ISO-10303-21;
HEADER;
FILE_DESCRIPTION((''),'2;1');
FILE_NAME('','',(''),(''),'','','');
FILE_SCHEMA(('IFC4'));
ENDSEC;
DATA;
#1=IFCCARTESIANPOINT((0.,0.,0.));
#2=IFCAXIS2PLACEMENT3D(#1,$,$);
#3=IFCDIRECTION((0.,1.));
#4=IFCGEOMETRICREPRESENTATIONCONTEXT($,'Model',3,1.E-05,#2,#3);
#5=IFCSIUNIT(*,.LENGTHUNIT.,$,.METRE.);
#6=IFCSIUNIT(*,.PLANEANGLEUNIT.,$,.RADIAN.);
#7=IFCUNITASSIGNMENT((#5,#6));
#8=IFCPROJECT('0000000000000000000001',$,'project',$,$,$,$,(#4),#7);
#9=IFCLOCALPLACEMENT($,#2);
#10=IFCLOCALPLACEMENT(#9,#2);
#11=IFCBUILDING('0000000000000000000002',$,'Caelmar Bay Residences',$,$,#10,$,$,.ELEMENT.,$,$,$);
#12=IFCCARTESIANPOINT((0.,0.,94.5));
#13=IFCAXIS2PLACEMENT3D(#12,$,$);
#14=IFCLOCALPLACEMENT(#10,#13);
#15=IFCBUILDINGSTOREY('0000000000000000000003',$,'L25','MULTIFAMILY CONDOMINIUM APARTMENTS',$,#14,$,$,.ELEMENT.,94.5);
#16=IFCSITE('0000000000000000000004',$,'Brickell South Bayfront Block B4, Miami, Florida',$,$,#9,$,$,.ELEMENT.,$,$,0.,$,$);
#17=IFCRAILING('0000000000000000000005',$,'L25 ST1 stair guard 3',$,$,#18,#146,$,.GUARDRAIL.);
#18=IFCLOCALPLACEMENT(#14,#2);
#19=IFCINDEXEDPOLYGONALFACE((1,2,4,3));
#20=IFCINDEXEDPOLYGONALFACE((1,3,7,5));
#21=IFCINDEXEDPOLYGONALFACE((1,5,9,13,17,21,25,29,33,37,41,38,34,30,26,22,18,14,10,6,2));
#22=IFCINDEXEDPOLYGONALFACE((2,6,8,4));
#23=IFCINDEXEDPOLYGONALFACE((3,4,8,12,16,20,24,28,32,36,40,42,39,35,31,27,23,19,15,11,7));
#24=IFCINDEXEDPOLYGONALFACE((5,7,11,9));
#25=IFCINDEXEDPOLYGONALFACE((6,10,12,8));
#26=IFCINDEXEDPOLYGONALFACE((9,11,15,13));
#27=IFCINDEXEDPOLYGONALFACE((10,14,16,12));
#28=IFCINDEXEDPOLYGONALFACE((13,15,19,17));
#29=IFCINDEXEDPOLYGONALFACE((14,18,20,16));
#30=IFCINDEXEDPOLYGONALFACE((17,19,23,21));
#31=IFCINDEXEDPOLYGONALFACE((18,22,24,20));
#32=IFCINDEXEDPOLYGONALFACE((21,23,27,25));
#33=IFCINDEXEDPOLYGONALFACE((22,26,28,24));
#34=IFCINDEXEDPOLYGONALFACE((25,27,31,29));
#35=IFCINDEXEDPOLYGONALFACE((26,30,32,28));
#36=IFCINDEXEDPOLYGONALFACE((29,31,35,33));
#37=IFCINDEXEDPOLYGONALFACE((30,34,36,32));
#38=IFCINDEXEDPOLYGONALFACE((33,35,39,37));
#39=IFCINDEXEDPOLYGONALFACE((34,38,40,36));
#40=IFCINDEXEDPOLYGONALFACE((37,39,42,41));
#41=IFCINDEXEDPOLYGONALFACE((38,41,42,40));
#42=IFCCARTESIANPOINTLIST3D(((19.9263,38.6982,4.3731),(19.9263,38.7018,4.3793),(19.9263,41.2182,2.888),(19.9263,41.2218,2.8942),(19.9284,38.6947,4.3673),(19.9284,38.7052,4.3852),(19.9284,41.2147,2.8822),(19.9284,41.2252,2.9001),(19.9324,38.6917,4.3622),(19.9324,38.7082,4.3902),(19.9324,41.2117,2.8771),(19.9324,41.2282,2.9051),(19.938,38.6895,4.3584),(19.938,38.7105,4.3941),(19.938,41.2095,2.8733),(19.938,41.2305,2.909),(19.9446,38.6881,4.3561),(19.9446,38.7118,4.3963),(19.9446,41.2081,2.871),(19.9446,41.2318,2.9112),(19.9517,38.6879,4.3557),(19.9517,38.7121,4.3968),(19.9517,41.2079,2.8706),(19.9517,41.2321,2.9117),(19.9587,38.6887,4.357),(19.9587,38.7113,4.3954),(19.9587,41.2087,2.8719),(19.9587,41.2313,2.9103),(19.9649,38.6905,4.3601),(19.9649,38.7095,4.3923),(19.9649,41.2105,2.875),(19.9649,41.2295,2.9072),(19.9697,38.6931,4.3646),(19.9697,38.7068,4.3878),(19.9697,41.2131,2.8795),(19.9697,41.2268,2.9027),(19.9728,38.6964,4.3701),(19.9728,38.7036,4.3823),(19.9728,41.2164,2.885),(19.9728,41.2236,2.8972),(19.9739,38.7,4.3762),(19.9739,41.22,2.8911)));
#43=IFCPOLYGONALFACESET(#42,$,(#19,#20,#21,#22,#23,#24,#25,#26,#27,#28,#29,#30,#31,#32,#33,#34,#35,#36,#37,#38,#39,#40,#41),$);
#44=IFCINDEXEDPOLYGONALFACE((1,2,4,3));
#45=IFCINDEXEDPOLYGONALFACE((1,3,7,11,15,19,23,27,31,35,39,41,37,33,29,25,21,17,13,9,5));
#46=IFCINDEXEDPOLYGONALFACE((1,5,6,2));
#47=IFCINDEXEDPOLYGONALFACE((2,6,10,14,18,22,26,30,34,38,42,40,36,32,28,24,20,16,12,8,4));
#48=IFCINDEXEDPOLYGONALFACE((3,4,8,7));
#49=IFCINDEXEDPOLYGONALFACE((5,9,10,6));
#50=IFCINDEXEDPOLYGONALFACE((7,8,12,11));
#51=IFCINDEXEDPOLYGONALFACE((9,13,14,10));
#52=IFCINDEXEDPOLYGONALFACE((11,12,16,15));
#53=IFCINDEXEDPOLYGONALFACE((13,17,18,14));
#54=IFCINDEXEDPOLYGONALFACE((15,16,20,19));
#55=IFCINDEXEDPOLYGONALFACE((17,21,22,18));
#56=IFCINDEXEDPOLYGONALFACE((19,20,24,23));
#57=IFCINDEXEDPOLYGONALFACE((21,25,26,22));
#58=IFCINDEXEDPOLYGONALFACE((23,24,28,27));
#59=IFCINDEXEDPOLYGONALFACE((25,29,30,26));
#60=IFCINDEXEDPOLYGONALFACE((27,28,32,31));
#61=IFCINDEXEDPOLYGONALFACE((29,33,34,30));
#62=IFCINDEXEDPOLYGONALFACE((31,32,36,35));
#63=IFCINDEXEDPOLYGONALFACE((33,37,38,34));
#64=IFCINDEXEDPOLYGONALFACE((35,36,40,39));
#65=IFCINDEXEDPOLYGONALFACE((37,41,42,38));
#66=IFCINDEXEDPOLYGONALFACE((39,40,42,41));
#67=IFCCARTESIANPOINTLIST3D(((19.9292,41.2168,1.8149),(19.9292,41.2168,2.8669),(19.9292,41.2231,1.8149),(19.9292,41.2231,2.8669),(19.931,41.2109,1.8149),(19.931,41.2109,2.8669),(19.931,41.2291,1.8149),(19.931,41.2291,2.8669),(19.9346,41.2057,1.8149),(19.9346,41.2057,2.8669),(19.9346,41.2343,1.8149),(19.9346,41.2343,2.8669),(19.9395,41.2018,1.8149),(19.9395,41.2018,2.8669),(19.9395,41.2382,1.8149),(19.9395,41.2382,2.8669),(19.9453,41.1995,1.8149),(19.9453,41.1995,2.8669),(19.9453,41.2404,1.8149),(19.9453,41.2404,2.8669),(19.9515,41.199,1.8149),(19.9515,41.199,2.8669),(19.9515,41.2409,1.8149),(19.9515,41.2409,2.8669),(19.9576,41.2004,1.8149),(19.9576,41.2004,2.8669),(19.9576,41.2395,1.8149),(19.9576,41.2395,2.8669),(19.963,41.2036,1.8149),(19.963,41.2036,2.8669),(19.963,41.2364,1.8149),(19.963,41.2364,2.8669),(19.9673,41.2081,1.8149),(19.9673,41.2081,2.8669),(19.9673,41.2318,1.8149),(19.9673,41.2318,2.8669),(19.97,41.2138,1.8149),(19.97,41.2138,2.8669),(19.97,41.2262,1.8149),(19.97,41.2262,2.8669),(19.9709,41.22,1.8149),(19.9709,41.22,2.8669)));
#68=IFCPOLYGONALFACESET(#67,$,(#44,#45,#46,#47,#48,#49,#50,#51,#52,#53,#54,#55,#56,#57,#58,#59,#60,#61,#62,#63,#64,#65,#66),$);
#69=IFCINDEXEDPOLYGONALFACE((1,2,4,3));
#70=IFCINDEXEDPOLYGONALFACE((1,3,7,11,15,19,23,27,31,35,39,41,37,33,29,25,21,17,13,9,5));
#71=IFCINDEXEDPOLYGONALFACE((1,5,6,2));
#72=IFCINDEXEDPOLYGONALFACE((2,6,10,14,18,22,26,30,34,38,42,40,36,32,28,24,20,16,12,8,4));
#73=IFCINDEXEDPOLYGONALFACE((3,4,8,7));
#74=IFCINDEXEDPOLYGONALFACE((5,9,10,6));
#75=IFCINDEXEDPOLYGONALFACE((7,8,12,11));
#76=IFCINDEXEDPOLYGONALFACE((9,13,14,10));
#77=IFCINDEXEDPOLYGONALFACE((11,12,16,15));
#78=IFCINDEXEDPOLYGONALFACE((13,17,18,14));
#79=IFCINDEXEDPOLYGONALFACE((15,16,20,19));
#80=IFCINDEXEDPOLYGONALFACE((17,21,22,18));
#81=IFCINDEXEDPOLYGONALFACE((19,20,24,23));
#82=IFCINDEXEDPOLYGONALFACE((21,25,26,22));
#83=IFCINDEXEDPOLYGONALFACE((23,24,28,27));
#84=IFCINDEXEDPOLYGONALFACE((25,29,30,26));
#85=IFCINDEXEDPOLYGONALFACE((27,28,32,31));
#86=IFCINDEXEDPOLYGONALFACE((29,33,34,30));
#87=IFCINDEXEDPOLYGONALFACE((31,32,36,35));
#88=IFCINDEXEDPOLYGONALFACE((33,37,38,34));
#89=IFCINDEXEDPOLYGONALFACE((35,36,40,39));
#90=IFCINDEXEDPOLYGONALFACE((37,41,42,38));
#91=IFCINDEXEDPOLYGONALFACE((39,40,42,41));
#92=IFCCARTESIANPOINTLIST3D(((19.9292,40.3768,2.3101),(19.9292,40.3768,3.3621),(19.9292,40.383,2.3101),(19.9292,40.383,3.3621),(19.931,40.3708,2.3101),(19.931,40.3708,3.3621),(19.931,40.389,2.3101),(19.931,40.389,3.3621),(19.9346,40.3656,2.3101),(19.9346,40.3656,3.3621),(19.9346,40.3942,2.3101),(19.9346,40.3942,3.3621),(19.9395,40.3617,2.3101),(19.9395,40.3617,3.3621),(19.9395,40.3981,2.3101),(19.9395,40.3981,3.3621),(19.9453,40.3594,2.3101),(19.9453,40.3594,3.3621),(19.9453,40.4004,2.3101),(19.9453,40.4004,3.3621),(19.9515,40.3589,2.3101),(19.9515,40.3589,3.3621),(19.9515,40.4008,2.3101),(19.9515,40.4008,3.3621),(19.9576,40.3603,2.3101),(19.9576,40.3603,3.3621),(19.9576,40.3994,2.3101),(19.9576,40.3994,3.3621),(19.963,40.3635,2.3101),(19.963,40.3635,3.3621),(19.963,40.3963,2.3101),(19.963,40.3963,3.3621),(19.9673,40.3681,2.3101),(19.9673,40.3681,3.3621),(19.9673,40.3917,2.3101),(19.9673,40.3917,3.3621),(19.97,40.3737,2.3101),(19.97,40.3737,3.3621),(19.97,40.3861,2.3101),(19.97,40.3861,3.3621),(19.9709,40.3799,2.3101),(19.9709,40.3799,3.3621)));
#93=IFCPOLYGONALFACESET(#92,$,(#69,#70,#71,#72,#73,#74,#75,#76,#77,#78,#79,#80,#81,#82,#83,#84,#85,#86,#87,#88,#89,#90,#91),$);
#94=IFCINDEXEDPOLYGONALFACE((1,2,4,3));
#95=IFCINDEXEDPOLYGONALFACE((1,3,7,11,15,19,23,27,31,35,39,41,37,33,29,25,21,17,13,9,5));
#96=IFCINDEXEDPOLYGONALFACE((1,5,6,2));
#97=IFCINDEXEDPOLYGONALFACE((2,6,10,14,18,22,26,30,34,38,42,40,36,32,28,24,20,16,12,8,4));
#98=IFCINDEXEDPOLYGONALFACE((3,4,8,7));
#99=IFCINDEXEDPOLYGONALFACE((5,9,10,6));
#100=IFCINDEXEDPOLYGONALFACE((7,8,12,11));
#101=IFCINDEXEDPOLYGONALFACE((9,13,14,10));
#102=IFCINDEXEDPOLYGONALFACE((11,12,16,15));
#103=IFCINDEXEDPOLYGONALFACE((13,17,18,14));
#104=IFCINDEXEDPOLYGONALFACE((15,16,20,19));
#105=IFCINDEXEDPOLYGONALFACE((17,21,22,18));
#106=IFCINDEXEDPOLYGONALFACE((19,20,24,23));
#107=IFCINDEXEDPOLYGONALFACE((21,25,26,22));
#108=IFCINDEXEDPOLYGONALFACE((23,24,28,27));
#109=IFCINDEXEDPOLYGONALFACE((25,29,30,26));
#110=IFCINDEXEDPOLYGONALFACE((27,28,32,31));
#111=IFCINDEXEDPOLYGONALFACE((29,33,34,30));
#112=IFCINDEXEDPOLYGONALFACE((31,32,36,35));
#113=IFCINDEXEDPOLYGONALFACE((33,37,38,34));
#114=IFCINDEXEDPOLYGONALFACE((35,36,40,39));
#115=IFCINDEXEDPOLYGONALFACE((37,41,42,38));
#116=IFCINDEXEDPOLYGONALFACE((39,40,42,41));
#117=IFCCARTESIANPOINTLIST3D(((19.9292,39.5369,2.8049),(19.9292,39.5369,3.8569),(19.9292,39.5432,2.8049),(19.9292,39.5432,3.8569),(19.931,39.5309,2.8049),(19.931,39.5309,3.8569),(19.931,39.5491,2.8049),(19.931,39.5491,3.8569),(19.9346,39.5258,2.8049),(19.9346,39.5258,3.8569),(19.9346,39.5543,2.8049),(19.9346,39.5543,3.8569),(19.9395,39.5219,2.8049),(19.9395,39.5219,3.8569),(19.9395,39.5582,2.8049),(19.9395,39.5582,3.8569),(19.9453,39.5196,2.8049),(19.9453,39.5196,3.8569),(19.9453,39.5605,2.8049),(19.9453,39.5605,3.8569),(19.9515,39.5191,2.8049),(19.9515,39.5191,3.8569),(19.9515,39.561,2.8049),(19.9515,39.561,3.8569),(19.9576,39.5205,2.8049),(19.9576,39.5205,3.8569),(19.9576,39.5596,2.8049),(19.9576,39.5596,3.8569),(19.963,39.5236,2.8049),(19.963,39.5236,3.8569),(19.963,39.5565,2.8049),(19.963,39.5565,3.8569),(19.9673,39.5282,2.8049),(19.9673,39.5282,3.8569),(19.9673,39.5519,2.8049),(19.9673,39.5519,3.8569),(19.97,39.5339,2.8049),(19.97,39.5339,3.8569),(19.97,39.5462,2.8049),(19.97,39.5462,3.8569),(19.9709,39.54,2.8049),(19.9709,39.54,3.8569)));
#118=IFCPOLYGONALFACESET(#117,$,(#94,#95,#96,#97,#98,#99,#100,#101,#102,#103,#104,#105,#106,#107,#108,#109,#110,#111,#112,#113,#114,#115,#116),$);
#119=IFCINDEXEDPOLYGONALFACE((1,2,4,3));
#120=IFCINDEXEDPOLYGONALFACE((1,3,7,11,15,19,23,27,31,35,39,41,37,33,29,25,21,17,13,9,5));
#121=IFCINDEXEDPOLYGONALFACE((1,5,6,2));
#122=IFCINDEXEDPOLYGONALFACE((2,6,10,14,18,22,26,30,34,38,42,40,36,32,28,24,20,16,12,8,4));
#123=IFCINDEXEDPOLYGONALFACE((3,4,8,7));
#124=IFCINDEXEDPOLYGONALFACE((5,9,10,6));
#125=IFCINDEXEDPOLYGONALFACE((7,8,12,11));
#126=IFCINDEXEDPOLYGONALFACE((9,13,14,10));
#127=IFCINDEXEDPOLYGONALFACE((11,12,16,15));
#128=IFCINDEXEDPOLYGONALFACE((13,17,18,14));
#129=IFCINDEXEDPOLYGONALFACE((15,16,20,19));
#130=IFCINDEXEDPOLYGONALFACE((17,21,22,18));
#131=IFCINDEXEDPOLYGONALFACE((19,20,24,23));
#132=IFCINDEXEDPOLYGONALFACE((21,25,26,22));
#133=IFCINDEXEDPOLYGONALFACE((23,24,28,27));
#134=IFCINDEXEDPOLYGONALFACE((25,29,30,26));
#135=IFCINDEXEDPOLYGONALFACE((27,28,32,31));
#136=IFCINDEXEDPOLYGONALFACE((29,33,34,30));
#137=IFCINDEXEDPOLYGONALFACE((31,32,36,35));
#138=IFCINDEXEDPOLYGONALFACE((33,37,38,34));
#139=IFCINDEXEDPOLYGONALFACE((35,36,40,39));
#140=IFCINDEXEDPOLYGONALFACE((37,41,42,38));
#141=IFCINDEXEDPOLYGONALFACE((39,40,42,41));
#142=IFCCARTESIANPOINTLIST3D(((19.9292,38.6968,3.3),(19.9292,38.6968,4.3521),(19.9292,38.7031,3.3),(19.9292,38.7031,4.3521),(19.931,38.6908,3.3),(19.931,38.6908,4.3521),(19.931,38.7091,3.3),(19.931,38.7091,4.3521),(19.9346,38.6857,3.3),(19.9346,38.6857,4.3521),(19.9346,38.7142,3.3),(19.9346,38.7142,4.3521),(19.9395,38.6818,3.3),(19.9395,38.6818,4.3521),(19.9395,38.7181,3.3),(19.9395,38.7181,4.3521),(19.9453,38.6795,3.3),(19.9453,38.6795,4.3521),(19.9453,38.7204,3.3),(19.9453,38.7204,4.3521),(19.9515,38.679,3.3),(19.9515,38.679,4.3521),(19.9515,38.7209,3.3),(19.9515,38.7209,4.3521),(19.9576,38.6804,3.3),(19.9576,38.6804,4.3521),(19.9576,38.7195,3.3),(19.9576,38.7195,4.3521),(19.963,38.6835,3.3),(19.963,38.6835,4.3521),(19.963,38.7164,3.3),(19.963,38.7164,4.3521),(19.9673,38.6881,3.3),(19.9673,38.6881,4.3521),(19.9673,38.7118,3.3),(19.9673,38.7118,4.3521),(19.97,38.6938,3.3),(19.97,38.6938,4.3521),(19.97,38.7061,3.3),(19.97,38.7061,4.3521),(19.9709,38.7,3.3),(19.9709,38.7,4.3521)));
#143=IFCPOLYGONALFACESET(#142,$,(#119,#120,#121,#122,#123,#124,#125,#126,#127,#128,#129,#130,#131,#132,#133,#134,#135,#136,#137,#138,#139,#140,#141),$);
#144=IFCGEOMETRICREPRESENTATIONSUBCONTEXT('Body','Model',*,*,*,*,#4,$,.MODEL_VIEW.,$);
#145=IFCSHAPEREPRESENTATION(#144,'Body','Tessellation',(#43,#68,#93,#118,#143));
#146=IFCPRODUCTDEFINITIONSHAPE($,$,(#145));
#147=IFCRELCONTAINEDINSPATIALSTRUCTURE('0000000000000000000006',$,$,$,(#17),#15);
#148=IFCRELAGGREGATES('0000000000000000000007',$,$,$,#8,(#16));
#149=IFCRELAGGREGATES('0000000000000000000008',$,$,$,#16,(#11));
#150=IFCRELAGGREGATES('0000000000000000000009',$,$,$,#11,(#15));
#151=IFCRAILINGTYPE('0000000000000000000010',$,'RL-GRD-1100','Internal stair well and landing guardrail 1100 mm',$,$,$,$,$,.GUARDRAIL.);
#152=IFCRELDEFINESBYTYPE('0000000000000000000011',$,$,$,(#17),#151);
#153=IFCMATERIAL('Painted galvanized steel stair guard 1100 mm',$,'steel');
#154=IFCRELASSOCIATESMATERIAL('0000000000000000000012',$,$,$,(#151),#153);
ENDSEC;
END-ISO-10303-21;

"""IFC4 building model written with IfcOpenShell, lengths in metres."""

from ifc_helpers import new_model, si_unit, direction, frame, origin, origin_2d, place, context, subcontext, project, spatial, circle, extrude, material, type_object, element, save


model = new_model("IFC4")

# Units and contexts
model_context = context("Model", 3, precision=1e-05, world=origin(), true_north=direction((0.0, 1.0)))
body_context = subcontext(model_context, "Body", "Model", "MODEL_VIEW")
ifc_project = project(units=[si_unit("LENGTHUNIT", "METRE"), si_unit("PLANEANGLEUNIT", "RADIAN")], contexts=[model_context])

# Site, building, storey
site_placement = place(None, origin())
site = spatial("IfcSite", under=ifc_project, at=site_placement, Name="Brickell South Bayfront Block B4, Miami, Florida", CompositionType="ELEMENT", RefElevation=0.0)
building_placement = place(site_placement, origin())
building = spatial("IfcBuilding", under=site, at=building_placement, Name="Caelmar Bay Residences", CompositionType="ELEMENT")
storey_placement = place(building_placement, frame((0.0, 0.0, 94.5)))
storey = spatial("IfcBuildingStorey", under=building, at=storey_placement, Name="L25", Description="MULTIFAMILY CONDOMINIUM APARTMENTS", CompositionType="ELEMENT", Elevation=94.5)

# Railing
ifc_material_1 = material(Name="Painted galvanized steel stair guard 1100 mm", Category="steel")
railing_type_1 = type_object("IfcRailingType", Name="RL-GRD-1100", Description="Internal stair well and landing guardrail 1100 mm", PredefinedType="GUARDRAIL", material=ifc_material_1)
railing_1_placement = place(storey_placement, frame((19.95, 41.22, 1.8149)))
element("IfcRailing", 1, at=railing_1_placement, inside=storey, type_object=railing_type_1, Name="L25 ST1 stair guard 3", PredefinedType="GUARDRAIL", context=body_context, shape_type="SweptSolid", body=[
    extrude(circle(Radius=0.0239, at=origin_2d()), frame((0.0, 0.0, 1.0762), z_axis=(0.0, -0.861524, 0.507717), x_axis=(1.0, 0.0, 0.0)), (0.0, 0.0, 1.0), 2.925),
    extrude(circle(Radius=0.021, at=origin_2d()), origin(), (0.0, 0.0, 1.0), 1.052),
    extrude(circle(Radius=0.021, at=origin_2d()), frame((0.0, -0.8401, 0.4951)), (0.0, 0.0, 1.0), 1.052),
    extrude(circle(Radius=0.021, at=origin_2d()), frame((0.0, -1.6799, 0.99)), (0.0, 0.0, 1.0), 1.052),
    extrude(circle(Radius=0.021, at=origin_2d()), frame((0.0, -2.52, 1.4851)), (0.0, 0.0, 1.0), 1.052),
])

save(model, "model.ifc")
